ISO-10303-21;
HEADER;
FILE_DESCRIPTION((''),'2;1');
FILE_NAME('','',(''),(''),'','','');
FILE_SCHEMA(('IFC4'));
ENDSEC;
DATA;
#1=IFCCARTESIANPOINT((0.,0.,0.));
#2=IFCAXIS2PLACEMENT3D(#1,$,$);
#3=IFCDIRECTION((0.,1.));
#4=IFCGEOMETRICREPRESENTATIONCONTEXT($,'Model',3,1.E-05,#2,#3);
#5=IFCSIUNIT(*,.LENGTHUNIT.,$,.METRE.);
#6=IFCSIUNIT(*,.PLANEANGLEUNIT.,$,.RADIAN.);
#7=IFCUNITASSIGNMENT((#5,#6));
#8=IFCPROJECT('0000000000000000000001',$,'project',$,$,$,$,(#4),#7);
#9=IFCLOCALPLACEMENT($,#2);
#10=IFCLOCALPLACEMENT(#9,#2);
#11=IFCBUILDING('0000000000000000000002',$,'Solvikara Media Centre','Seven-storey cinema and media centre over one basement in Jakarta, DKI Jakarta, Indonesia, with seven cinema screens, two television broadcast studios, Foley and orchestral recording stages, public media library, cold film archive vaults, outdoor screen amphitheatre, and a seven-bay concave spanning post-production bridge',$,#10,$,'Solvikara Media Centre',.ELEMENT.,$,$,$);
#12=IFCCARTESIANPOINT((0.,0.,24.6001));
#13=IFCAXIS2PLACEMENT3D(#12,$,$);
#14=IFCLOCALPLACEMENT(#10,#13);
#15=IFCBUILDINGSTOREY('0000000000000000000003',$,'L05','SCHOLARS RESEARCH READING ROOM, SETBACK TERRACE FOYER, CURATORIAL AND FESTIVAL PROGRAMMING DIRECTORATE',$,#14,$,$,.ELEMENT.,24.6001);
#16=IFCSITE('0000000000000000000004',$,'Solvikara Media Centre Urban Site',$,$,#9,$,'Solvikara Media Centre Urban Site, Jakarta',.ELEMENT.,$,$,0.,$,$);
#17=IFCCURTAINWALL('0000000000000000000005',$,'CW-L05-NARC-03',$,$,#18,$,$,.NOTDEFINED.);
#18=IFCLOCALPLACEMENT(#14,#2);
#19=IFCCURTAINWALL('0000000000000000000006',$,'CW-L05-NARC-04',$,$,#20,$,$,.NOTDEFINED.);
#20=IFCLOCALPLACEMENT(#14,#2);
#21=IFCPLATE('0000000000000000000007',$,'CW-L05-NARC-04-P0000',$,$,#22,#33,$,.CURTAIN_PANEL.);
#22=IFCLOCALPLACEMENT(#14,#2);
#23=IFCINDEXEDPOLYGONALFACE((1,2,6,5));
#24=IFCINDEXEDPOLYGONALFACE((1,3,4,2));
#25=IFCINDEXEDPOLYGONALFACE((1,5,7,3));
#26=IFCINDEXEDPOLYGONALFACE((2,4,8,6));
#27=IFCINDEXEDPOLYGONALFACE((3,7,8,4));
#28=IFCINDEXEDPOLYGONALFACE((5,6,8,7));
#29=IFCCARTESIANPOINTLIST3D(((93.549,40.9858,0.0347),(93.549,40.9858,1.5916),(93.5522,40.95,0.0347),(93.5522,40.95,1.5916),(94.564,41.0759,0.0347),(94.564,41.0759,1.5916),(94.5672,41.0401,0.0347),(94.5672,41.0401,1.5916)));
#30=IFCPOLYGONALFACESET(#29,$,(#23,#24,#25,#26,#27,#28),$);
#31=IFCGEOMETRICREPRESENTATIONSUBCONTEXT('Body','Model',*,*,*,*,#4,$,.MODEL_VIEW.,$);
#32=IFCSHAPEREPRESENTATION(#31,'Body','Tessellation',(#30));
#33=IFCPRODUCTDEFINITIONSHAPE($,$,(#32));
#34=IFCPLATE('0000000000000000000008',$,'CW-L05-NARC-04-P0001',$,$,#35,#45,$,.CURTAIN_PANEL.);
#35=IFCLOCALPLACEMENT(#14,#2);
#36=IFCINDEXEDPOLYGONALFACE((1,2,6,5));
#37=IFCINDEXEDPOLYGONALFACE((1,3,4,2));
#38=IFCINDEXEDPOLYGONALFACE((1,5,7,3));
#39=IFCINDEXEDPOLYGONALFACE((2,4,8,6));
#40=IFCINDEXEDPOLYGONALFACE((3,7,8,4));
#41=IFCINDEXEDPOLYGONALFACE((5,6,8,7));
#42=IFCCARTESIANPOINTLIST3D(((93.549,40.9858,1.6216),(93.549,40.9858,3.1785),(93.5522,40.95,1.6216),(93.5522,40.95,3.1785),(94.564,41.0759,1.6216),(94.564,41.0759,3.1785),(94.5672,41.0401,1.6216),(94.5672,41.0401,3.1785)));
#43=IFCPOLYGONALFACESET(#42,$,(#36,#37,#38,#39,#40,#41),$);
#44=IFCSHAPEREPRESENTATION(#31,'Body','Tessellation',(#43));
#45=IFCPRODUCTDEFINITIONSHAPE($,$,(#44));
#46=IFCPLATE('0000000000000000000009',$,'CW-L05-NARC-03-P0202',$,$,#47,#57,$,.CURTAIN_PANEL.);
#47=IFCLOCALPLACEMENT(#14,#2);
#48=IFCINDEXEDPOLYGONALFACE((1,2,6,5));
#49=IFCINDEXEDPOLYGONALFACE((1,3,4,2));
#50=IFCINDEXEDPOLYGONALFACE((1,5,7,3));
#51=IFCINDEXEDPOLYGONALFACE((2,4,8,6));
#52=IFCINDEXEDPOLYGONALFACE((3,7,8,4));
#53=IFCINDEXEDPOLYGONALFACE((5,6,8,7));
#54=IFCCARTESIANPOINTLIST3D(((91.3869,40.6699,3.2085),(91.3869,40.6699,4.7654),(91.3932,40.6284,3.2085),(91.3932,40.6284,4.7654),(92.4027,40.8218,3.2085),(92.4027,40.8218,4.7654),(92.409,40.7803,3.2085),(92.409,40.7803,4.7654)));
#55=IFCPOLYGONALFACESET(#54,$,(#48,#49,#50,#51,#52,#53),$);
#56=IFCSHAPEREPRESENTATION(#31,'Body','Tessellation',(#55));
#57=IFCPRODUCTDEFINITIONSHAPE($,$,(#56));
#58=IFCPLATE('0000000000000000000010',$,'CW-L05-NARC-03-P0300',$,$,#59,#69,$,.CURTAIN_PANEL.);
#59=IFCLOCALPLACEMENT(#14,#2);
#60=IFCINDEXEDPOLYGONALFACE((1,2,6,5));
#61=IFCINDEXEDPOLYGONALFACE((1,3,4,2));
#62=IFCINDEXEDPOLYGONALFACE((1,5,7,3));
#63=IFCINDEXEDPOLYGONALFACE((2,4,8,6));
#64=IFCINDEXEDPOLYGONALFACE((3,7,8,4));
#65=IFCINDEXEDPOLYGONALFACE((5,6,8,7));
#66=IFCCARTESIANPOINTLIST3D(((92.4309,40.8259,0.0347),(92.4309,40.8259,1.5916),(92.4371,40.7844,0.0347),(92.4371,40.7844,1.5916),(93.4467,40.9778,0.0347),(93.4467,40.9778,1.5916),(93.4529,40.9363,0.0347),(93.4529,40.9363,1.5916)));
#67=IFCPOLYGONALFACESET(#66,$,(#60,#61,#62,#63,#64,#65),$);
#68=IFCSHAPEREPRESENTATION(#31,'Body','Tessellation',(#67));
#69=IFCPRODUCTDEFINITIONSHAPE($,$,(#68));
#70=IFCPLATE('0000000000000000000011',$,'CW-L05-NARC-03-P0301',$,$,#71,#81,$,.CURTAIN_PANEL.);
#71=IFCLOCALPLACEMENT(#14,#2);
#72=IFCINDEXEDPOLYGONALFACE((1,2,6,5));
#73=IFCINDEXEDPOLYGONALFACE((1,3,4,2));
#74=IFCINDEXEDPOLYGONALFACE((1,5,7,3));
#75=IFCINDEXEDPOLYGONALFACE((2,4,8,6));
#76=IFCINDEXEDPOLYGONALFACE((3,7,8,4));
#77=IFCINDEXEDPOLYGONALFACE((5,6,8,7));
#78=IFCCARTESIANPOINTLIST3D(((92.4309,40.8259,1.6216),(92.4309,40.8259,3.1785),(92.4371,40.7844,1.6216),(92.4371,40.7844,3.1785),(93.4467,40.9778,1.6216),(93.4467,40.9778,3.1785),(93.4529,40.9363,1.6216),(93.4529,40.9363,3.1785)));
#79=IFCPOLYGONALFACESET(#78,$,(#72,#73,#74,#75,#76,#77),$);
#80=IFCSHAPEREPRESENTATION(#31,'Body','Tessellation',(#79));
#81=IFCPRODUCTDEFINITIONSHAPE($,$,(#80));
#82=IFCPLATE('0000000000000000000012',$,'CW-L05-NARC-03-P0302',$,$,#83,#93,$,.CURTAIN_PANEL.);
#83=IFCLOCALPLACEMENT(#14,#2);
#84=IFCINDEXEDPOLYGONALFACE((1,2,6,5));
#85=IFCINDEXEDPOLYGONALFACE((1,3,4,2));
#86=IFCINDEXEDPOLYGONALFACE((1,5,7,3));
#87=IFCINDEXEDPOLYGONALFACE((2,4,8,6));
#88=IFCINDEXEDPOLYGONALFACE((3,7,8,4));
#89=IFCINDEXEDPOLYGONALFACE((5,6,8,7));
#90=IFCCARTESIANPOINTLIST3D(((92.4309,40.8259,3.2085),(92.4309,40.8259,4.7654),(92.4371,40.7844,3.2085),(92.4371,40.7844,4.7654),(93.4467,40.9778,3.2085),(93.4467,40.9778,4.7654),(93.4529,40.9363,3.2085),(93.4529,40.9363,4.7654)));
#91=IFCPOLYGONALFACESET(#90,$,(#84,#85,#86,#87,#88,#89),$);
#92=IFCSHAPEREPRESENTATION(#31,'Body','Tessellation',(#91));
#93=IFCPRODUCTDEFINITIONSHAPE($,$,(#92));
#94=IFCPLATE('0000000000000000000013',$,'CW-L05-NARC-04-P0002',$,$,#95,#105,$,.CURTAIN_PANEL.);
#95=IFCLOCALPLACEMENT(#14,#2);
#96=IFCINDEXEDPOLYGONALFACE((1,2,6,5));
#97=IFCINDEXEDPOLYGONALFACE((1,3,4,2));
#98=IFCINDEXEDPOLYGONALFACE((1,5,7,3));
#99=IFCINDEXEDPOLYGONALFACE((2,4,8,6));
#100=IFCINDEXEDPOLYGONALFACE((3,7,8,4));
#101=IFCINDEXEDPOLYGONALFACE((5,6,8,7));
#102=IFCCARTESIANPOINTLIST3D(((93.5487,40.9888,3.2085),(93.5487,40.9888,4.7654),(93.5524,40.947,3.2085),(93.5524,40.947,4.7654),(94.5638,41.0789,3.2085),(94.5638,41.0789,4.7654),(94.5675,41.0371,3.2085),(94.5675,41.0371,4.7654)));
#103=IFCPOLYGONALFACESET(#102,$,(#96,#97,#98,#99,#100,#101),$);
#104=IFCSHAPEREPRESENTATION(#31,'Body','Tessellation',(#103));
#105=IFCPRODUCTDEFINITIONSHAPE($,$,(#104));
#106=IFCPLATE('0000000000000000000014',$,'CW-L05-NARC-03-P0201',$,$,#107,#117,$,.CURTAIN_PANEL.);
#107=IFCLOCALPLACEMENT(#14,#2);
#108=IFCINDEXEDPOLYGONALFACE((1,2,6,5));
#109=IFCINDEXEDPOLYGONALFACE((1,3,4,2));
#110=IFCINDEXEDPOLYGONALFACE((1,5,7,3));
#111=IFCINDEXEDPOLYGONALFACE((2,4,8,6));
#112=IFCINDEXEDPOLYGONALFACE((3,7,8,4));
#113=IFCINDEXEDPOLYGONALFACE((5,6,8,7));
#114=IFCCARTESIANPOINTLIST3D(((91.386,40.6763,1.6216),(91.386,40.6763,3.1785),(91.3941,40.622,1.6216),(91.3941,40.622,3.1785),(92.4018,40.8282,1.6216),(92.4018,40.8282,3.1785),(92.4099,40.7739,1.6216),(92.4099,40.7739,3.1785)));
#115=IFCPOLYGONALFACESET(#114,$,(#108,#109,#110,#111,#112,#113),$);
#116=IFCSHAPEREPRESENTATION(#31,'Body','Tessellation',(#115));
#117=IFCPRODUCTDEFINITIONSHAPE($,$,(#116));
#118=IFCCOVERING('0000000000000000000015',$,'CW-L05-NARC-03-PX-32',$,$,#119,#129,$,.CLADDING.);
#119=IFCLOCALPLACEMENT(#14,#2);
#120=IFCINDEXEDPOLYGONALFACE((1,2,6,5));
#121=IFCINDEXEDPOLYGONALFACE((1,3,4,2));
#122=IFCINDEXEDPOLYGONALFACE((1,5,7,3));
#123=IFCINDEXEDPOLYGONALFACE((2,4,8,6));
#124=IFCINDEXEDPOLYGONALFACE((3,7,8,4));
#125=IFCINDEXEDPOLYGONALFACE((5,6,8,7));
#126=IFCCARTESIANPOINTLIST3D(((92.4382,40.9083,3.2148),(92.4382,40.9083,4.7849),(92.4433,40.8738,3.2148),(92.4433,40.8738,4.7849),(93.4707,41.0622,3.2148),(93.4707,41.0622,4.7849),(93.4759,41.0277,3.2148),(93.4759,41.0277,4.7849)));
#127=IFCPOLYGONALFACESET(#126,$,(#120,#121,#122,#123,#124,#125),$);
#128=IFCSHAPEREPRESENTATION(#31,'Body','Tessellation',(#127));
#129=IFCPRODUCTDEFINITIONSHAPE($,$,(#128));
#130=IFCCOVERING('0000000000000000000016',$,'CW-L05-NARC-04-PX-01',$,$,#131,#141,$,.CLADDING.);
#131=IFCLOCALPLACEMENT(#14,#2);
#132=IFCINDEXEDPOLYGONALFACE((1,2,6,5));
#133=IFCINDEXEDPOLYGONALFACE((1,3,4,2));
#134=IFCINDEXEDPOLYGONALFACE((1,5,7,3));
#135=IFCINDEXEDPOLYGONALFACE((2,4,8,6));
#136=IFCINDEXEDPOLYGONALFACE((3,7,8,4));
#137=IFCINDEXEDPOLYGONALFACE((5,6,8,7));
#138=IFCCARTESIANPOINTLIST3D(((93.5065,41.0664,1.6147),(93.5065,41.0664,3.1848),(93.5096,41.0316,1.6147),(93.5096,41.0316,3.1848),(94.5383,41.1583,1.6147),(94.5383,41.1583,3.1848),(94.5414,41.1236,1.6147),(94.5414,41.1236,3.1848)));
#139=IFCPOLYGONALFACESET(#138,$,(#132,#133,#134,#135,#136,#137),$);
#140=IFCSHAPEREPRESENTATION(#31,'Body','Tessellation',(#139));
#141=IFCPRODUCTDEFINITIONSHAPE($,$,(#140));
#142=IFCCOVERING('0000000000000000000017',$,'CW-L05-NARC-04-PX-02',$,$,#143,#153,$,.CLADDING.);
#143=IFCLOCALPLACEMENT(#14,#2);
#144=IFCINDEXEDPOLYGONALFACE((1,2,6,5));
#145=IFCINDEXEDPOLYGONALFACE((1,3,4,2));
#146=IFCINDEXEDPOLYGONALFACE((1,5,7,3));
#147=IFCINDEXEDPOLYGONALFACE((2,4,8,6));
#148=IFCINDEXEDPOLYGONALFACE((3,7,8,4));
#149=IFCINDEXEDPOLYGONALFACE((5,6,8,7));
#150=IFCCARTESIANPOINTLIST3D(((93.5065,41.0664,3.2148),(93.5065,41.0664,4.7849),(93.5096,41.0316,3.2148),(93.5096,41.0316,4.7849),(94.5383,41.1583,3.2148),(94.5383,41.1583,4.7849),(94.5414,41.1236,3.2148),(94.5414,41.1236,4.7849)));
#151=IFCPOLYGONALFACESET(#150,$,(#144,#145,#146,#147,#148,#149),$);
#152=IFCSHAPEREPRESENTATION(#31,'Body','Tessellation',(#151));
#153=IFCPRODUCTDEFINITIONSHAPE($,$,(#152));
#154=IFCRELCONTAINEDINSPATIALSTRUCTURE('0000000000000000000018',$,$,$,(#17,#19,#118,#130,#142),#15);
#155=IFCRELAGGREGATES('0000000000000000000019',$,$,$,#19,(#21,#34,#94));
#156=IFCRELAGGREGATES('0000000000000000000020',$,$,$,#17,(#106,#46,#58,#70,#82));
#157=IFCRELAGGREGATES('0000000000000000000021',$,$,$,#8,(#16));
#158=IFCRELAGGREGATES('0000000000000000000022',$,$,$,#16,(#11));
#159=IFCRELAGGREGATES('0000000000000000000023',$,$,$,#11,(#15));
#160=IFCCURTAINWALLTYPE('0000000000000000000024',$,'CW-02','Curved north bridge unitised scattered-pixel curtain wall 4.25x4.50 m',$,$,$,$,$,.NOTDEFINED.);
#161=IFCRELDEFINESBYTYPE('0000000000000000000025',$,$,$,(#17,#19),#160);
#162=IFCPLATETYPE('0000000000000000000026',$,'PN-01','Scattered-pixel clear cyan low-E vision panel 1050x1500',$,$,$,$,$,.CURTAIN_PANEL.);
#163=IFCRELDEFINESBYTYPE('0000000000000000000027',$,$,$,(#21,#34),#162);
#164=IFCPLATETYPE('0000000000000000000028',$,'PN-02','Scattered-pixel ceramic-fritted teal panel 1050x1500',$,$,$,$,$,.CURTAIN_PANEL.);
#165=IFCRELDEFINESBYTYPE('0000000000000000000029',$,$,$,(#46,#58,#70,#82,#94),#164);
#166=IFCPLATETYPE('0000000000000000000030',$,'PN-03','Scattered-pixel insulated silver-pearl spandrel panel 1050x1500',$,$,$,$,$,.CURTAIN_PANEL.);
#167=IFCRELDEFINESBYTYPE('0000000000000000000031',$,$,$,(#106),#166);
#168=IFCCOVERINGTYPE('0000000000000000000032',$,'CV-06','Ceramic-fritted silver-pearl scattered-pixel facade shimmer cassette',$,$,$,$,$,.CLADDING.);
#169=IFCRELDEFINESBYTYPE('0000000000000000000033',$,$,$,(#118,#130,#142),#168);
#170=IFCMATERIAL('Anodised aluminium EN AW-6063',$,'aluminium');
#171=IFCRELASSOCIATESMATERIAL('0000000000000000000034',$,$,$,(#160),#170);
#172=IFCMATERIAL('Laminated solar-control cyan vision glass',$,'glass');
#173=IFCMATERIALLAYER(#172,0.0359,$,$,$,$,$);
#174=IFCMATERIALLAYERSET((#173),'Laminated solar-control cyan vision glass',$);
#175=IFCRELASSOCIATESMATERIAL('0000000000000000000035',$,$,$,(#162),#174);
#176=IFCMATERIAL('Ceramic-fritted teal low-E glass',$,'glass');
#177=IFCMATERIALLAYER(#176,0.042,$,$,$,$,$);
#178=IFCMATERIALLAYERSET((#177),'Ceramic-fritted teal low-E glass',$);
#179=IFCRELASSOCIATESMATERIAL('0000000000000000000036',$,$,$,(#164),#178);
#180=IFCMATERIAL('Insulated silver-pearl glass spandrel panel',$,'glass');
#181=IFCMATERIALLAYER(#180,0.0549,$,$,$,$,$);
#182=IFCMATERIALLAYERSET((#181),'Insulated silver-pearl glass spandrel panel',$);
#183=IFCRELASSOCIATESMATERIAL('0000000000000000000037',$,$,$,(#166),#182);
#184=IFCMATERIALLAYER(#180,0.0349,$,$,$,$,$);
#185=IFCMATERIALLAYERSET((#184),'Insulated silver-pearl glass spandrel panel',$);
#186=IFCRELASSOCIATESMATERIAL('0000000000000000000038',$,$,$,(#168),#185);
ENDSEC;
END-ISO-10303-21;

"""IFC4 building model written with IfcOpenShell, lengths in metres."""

from ifc_helpers import new_model, si_unit, direction, frame, origin, origin_2d, place, context, subcontext, project, spatial, rectangle, extrude, material, layer, layer_set, type_object, element, aggregate, save


model = new_model("IFC4")

# Units and contexts
model_context = context("Model", 3, precision=1e-05, world=origin(), true_north=direction((0.0, 1.0)))
body_context = subcontext(model_context, "Body", "Model", "MODEL_VIEW")
ifc_project = project(units=[si_unit("LENGTHUNIT", "METRE"), si_unit("PLANEANGLEUNIT", "RADIAN")], contexts=[model_context])

# Site, building, storey
site_placement = place(None, origin())
site = spatial("IfcSite", under=ifc_project, at=site_placement, Name="Solvikara Media Centre Urban Site", LongName="Solvikara Media Centre Urban Site, Jakarta", CompositionType="ELEMENT", RefElevation=0.0)
building_placement = place(site_placement, origin())
building = spatial("IfcBuilding", under=site, at=building_placement, Name="Solvikara Media Centre", Description="Seven-storey cinema and media centre over one basement in Jakarta, DKI Jakarta, Indonesia, with seven cinema screens, two television broadcast studios, Foley and orchestral recording stages, public media library, cold film archive vaults, outdoor screen amphitheatre, and a seven-bay concave spanning post-production bridge", LongName="Solvikara Media Centre", CompositionType="ELEMENT")
storey_placement = place(building_placement, frame((0.0, 0.0, 24.6001)))
storey = spatial("IfcBuildingStorey", under=building, at=storey_placement, Name="L05", Description="SCHOLARS RESEARCH READING ROOM, SETBACK TERRACE FOYER, CURATORIAL AND FESTIVAL PROGRAMMING DIRECTORATE", CompositionType="ELEMENT", Elevation=24.6001)

# Curtain walls
ifc_material_1 = material(Name="Anodised aluminium EN AW-6063", Category="aluminium")
curtain_wall_type = type_object("IfcCurtainWallType", Name="CW-02", Description="Curved north bridge unitised scattered-pixel curtain wall 4.25x4.50 m", PredefinedType="NOTDEFINED", material=ifc_material_1)
curtain_wall_1_placement = place(storey_placement, origin())
curtain_wall_1 = element("IfcCurtainWall", 1, at=curtain_wall_1_placement, inside=storey, type_object=curtain_wall_type, Name="CW-L05-NARC-03", PredefinedType="NOTDEFINED")
curtain_wall_2_placement = place(storey_placement, origin())
curtain_wall_2 = element("IfcCurtainWall", 2, at=curtain_wall_2_placement, inside=storey, type_object=curtain_wall_type, Name="CW-L05-NARC-04", PredefinedType="NOTDEFINED")

# Plates
ifc_material_2 = material(Name="Laminated solar-control cyan vision glass", Category="glass")
ifc_layer_1 = layer(ifc_material_2, 0.0359)
ifc_layer_set_1 = layer_set([ifc_layer_1], Name="Laminated solar-control cyan vision glass")
plate_type_1 = type_object("IfcPlateType", Name="PN-01", Description="Scattered-pixel clear cyan low-E vision panel 1050x1500", PredefinedType="CURTAIN_PANEL", material=ifc_layer_set_1)
plate_1_placement = place(storey_placement, frame((94.0581, 41.0129, 0.0347), z_axis=(0.0, 0.0, 1.0), x_axis=(0.996084, 0.088408, 0.0)))
plate_1 = element("IfcPlate", 3, at=plate_1_placement, type_object=plate_type_1, Name="CW-L05-NARC-04-P0000", PredefinedType="CURTAIN_PANEL", context=body_context, shape_type="SweptSolid", body=[
    extrude(rectangle(XDim=1.019, YDim=0.0359, at=origin_2d()), origin(), (0.0, 0.0, 1.0), 1.5569),
])
plate_2_placement = place(storey_placement, frame((94.0581, 41.0129, 1.6216), z_axis=(0.0, 0.0, 1.0), x_axis=(0.996084, 0.088408, 0.0)))
plate_2 = element("IfcPlate", 4, at=plate_2_placement, type_object=plate_type_1, Name="CW-L05-NARC-04-P0001", PredefinedType="CURTAIN_PANEL", context=body_context, shape_type="SweptSolid", body=[
    extrude(rectangle(XDim=1.019, YDim=0.0359, at=origin_2d()), origin(), (0.0, 0.0, 1.0), 1.5569),
])
ifc_material_3 = material(Name="Ceramic-fritted teal low-E glass", Category="glass")
ifc_layer_2 = layer(ifc_material_3, 0.042)
ifc_layer_set_2 = layer_set([ifc_layer_2], Name="Ceramic-fritted teal low-E glass")
plate_type_2 = type_object("IfcPlateType", Name="PN-02", Description="Scattered-pixel ceramic-fritted teal panel 1050x1500", PredefinedType="CURTAIN_PANEL", material=ifc_layer_set_2)
plate_3_placement = place(storey_placement, frame((91.8979, 40.7251, 3.2085), z_axis=(0.0, 0.0, 1.0), x_axis=(0.989006, 0.147878, 0.0)))
plate_3 = element("IfcPlate", 5, at=plate_3_placement, type_object=plate_type_2, Name="CW-L05-NARC-03-P0202", PredefinedType="CURTAIN_PANEL", context=body_context, shape_type="SweptSolid", body=[
    extrude(rectangle(XDim=1.0271, YDim=0.042, at=origin_2d()), origin(), (0.0, 0.0, 1.0), 1.5569),
])
plate_4_placement = place(storey_placement, frame((92.9419, 40.8811, 0.0347), z_axis=(0.0, 0.0, 1.0), x_axis=(0.989006, 0.147878, 0.0)))
plate_4 = element("IfcPlate", 6, at=plate_4_placement, type_object=plate_type_2, Name="CW-L05-NARC-03-P0300", PredefinedType="CURTAIN_PANEL", context=body_context, shape_type="SweptSolid", body=[
    extrude(rectangle(XDim=1.0271, YDim=0.042, at=origin_2d()), origin(), (0.0, 0.0, 1.0), 1.5569),
])
plate_5_placement = place(storey_placement, frame((92.9419, 40.8811, 1.6216), z_axis=(0.0, 0.0, 1.0), x_axis=(0.989006, 0.147878, 0.0)))
plate_5 = element("IfcPlate", 7, at=plate_5_placement, type_object=plate_type_2, Name="CW-L05-NARC-03-P0301", PredefinedType="CURTAIN_PANEL", context=body_context, shape_type="SweptSolid", body=[
    extrude(rectangle(XDim=1.0271, YDim=0.042, at=origin_2d()), origin(), (0.0, 0.0, 1.0), 1.5569),
])
plate_6_placement = place(storey_placement, frame((92.9419, 40.8811, 3.2085), z_axis=(0.0, 0.0, 1.0), x_axis=(0.989006, 0.147878, 0.0)))
plate_6 = element("IfcPlate", 8, at=plate_6_placement, type_object=plate_type_2, Name="CW-L05-NARC-03-P0302", PredefinedType="CURTAIN_PANEL", context=body_context, shape_type="SweptSolid", body=[
    extrude(rectangle(XDim=1.0271, YDim=0.042, at=origin_2d()), origin(), (0.0, 0.0, 1.0), 1.5569),
])
plate_7_placement = place(storey_placement, frame((94.0581, 41.0129, 3.2085), z_axis=(0.0, 0.0, 1.0), x_axis=(0.996084, 0.088408, 0.0)))
plate_7 = element("IfcPlate", 9, at=plate_7_placement, type_object=plate_type_2, Name="CW-L05-NARC-04-P0002", PredefinedType="CURTAIN_PANEL", context=body_context, shape_type="SweptSolid", body=[
    extrude(rectangle(XDim=1.019, YDim=0.042, at=origin_2d()), origin(), (0.0, 0.0, 1.0), 1.5569),
])
aggregate(curtain_wall_2, [plate_1, plate_2, plate_7])
ifc_material_4 = material(Name="Insulated silver-pearl glass spandrel panel", Category="glass")
ifc_layer_3 = layer(ifc_material_4, 0.0549)
ifc_layer_set_3 = layer_set([ifc_layer_3], Name="Insulated silver-pearl glass spandrel panel")
plate_type_3 = type_object("IfcPlateType", Name="PN-03", Description="Scattered-pixel insulated silver-pearl spandrel panel 1050x1500", PredefinedType="CURTAIN_PANEL", material=ifc_layer_set_3)
plate_8_placement = place(storey_placement, frame((91.8979, 40.7251, 1.6216), z_axis=(0.0, 0.0, 1.0), x_axis=(0.989006, 0.147878, 0.0)))
plate_8 = element("IfcPlate", 10, at=plate_8_placement, type_object=plate_type_3, Name="CW-L05-NARC-03-P0201", PredefinedType="CURTAIN_PANEL", context=body_context, shape_type="SweptSolid", body=[
    extrude(rectangle(XDim=1.0271, YDim=0.0549, at=origin_2d()), origin(), (0.0, 0.0, 1.0), 1.5569),
])
aggregate(curtain_wall_1, [plate_8, plate_3, plate_4, plate_5, plate_6])

# Coverings
ifc_layer_4 = layer(ifc_material_4, 0.0349)
ifc_layer_set_4 = layer_set([ifc_layer_4], Name="Insulated silver-pearl glass spandrel panel")
covering_type = type_object("IfcCoveringType", Name="CV-06", Description="Ceramic-fritted silver-pearl scattered-pixel facade shimmer cassette", PredefinedType="CLADDING", material=ifc_layer_set_4)
covering_placement = place(storey_placement, frame((92.957, 40.968, 3.2148), z_axis=(0.0, 0.0, 1.0), x_axis=(0.98907, 0.147447, 0.0)))
element("IfcCovering", 11, at=covering_placement, inside=storey, type_object=covering_type, Name="CW-L05-NARC-03-PX-32", PredefinedType="CLADDING", context=body_context, shape_type="SweptSolid", body=[
    extrude(rectangle(XDim=1.0439, YDim=0.0349, at=origin_2d()), origin(), (0.0, 0.0, 1.0), 1.5701),
])
for number, where, z_axis, x_axis, name in (
    (12, (94.0239, 41.095, 1.6147), (0.0, 0.0, 1.0), (0.99605, 0.08879, 0.0), "CW-L05-NARC-04-PX-01"),
    (13, (94.0239, 41.095, 3.2148), (0.0, 0.0, 1.0), (0.99605, 0.08879, 0.0), "CW-L05-NARC-04-PX-02"),
):
    element("IfcCovering", number, at=place(storey_placement, frame(where, z_axis=z_axis, x_axis=x_axis)), inside=storey, type_object=covering_type, Name=name, PredefinedType="CLADDING", context=body_context, shape_type="SweptSolid", body=[
        extrude(rectangle(XDim=1.0359, YDim=0.0349, at=origin_2d()), origin(), (0.0, 0.0, 1.0), 1.5701),
    ])

save(model, "model.ifc")
